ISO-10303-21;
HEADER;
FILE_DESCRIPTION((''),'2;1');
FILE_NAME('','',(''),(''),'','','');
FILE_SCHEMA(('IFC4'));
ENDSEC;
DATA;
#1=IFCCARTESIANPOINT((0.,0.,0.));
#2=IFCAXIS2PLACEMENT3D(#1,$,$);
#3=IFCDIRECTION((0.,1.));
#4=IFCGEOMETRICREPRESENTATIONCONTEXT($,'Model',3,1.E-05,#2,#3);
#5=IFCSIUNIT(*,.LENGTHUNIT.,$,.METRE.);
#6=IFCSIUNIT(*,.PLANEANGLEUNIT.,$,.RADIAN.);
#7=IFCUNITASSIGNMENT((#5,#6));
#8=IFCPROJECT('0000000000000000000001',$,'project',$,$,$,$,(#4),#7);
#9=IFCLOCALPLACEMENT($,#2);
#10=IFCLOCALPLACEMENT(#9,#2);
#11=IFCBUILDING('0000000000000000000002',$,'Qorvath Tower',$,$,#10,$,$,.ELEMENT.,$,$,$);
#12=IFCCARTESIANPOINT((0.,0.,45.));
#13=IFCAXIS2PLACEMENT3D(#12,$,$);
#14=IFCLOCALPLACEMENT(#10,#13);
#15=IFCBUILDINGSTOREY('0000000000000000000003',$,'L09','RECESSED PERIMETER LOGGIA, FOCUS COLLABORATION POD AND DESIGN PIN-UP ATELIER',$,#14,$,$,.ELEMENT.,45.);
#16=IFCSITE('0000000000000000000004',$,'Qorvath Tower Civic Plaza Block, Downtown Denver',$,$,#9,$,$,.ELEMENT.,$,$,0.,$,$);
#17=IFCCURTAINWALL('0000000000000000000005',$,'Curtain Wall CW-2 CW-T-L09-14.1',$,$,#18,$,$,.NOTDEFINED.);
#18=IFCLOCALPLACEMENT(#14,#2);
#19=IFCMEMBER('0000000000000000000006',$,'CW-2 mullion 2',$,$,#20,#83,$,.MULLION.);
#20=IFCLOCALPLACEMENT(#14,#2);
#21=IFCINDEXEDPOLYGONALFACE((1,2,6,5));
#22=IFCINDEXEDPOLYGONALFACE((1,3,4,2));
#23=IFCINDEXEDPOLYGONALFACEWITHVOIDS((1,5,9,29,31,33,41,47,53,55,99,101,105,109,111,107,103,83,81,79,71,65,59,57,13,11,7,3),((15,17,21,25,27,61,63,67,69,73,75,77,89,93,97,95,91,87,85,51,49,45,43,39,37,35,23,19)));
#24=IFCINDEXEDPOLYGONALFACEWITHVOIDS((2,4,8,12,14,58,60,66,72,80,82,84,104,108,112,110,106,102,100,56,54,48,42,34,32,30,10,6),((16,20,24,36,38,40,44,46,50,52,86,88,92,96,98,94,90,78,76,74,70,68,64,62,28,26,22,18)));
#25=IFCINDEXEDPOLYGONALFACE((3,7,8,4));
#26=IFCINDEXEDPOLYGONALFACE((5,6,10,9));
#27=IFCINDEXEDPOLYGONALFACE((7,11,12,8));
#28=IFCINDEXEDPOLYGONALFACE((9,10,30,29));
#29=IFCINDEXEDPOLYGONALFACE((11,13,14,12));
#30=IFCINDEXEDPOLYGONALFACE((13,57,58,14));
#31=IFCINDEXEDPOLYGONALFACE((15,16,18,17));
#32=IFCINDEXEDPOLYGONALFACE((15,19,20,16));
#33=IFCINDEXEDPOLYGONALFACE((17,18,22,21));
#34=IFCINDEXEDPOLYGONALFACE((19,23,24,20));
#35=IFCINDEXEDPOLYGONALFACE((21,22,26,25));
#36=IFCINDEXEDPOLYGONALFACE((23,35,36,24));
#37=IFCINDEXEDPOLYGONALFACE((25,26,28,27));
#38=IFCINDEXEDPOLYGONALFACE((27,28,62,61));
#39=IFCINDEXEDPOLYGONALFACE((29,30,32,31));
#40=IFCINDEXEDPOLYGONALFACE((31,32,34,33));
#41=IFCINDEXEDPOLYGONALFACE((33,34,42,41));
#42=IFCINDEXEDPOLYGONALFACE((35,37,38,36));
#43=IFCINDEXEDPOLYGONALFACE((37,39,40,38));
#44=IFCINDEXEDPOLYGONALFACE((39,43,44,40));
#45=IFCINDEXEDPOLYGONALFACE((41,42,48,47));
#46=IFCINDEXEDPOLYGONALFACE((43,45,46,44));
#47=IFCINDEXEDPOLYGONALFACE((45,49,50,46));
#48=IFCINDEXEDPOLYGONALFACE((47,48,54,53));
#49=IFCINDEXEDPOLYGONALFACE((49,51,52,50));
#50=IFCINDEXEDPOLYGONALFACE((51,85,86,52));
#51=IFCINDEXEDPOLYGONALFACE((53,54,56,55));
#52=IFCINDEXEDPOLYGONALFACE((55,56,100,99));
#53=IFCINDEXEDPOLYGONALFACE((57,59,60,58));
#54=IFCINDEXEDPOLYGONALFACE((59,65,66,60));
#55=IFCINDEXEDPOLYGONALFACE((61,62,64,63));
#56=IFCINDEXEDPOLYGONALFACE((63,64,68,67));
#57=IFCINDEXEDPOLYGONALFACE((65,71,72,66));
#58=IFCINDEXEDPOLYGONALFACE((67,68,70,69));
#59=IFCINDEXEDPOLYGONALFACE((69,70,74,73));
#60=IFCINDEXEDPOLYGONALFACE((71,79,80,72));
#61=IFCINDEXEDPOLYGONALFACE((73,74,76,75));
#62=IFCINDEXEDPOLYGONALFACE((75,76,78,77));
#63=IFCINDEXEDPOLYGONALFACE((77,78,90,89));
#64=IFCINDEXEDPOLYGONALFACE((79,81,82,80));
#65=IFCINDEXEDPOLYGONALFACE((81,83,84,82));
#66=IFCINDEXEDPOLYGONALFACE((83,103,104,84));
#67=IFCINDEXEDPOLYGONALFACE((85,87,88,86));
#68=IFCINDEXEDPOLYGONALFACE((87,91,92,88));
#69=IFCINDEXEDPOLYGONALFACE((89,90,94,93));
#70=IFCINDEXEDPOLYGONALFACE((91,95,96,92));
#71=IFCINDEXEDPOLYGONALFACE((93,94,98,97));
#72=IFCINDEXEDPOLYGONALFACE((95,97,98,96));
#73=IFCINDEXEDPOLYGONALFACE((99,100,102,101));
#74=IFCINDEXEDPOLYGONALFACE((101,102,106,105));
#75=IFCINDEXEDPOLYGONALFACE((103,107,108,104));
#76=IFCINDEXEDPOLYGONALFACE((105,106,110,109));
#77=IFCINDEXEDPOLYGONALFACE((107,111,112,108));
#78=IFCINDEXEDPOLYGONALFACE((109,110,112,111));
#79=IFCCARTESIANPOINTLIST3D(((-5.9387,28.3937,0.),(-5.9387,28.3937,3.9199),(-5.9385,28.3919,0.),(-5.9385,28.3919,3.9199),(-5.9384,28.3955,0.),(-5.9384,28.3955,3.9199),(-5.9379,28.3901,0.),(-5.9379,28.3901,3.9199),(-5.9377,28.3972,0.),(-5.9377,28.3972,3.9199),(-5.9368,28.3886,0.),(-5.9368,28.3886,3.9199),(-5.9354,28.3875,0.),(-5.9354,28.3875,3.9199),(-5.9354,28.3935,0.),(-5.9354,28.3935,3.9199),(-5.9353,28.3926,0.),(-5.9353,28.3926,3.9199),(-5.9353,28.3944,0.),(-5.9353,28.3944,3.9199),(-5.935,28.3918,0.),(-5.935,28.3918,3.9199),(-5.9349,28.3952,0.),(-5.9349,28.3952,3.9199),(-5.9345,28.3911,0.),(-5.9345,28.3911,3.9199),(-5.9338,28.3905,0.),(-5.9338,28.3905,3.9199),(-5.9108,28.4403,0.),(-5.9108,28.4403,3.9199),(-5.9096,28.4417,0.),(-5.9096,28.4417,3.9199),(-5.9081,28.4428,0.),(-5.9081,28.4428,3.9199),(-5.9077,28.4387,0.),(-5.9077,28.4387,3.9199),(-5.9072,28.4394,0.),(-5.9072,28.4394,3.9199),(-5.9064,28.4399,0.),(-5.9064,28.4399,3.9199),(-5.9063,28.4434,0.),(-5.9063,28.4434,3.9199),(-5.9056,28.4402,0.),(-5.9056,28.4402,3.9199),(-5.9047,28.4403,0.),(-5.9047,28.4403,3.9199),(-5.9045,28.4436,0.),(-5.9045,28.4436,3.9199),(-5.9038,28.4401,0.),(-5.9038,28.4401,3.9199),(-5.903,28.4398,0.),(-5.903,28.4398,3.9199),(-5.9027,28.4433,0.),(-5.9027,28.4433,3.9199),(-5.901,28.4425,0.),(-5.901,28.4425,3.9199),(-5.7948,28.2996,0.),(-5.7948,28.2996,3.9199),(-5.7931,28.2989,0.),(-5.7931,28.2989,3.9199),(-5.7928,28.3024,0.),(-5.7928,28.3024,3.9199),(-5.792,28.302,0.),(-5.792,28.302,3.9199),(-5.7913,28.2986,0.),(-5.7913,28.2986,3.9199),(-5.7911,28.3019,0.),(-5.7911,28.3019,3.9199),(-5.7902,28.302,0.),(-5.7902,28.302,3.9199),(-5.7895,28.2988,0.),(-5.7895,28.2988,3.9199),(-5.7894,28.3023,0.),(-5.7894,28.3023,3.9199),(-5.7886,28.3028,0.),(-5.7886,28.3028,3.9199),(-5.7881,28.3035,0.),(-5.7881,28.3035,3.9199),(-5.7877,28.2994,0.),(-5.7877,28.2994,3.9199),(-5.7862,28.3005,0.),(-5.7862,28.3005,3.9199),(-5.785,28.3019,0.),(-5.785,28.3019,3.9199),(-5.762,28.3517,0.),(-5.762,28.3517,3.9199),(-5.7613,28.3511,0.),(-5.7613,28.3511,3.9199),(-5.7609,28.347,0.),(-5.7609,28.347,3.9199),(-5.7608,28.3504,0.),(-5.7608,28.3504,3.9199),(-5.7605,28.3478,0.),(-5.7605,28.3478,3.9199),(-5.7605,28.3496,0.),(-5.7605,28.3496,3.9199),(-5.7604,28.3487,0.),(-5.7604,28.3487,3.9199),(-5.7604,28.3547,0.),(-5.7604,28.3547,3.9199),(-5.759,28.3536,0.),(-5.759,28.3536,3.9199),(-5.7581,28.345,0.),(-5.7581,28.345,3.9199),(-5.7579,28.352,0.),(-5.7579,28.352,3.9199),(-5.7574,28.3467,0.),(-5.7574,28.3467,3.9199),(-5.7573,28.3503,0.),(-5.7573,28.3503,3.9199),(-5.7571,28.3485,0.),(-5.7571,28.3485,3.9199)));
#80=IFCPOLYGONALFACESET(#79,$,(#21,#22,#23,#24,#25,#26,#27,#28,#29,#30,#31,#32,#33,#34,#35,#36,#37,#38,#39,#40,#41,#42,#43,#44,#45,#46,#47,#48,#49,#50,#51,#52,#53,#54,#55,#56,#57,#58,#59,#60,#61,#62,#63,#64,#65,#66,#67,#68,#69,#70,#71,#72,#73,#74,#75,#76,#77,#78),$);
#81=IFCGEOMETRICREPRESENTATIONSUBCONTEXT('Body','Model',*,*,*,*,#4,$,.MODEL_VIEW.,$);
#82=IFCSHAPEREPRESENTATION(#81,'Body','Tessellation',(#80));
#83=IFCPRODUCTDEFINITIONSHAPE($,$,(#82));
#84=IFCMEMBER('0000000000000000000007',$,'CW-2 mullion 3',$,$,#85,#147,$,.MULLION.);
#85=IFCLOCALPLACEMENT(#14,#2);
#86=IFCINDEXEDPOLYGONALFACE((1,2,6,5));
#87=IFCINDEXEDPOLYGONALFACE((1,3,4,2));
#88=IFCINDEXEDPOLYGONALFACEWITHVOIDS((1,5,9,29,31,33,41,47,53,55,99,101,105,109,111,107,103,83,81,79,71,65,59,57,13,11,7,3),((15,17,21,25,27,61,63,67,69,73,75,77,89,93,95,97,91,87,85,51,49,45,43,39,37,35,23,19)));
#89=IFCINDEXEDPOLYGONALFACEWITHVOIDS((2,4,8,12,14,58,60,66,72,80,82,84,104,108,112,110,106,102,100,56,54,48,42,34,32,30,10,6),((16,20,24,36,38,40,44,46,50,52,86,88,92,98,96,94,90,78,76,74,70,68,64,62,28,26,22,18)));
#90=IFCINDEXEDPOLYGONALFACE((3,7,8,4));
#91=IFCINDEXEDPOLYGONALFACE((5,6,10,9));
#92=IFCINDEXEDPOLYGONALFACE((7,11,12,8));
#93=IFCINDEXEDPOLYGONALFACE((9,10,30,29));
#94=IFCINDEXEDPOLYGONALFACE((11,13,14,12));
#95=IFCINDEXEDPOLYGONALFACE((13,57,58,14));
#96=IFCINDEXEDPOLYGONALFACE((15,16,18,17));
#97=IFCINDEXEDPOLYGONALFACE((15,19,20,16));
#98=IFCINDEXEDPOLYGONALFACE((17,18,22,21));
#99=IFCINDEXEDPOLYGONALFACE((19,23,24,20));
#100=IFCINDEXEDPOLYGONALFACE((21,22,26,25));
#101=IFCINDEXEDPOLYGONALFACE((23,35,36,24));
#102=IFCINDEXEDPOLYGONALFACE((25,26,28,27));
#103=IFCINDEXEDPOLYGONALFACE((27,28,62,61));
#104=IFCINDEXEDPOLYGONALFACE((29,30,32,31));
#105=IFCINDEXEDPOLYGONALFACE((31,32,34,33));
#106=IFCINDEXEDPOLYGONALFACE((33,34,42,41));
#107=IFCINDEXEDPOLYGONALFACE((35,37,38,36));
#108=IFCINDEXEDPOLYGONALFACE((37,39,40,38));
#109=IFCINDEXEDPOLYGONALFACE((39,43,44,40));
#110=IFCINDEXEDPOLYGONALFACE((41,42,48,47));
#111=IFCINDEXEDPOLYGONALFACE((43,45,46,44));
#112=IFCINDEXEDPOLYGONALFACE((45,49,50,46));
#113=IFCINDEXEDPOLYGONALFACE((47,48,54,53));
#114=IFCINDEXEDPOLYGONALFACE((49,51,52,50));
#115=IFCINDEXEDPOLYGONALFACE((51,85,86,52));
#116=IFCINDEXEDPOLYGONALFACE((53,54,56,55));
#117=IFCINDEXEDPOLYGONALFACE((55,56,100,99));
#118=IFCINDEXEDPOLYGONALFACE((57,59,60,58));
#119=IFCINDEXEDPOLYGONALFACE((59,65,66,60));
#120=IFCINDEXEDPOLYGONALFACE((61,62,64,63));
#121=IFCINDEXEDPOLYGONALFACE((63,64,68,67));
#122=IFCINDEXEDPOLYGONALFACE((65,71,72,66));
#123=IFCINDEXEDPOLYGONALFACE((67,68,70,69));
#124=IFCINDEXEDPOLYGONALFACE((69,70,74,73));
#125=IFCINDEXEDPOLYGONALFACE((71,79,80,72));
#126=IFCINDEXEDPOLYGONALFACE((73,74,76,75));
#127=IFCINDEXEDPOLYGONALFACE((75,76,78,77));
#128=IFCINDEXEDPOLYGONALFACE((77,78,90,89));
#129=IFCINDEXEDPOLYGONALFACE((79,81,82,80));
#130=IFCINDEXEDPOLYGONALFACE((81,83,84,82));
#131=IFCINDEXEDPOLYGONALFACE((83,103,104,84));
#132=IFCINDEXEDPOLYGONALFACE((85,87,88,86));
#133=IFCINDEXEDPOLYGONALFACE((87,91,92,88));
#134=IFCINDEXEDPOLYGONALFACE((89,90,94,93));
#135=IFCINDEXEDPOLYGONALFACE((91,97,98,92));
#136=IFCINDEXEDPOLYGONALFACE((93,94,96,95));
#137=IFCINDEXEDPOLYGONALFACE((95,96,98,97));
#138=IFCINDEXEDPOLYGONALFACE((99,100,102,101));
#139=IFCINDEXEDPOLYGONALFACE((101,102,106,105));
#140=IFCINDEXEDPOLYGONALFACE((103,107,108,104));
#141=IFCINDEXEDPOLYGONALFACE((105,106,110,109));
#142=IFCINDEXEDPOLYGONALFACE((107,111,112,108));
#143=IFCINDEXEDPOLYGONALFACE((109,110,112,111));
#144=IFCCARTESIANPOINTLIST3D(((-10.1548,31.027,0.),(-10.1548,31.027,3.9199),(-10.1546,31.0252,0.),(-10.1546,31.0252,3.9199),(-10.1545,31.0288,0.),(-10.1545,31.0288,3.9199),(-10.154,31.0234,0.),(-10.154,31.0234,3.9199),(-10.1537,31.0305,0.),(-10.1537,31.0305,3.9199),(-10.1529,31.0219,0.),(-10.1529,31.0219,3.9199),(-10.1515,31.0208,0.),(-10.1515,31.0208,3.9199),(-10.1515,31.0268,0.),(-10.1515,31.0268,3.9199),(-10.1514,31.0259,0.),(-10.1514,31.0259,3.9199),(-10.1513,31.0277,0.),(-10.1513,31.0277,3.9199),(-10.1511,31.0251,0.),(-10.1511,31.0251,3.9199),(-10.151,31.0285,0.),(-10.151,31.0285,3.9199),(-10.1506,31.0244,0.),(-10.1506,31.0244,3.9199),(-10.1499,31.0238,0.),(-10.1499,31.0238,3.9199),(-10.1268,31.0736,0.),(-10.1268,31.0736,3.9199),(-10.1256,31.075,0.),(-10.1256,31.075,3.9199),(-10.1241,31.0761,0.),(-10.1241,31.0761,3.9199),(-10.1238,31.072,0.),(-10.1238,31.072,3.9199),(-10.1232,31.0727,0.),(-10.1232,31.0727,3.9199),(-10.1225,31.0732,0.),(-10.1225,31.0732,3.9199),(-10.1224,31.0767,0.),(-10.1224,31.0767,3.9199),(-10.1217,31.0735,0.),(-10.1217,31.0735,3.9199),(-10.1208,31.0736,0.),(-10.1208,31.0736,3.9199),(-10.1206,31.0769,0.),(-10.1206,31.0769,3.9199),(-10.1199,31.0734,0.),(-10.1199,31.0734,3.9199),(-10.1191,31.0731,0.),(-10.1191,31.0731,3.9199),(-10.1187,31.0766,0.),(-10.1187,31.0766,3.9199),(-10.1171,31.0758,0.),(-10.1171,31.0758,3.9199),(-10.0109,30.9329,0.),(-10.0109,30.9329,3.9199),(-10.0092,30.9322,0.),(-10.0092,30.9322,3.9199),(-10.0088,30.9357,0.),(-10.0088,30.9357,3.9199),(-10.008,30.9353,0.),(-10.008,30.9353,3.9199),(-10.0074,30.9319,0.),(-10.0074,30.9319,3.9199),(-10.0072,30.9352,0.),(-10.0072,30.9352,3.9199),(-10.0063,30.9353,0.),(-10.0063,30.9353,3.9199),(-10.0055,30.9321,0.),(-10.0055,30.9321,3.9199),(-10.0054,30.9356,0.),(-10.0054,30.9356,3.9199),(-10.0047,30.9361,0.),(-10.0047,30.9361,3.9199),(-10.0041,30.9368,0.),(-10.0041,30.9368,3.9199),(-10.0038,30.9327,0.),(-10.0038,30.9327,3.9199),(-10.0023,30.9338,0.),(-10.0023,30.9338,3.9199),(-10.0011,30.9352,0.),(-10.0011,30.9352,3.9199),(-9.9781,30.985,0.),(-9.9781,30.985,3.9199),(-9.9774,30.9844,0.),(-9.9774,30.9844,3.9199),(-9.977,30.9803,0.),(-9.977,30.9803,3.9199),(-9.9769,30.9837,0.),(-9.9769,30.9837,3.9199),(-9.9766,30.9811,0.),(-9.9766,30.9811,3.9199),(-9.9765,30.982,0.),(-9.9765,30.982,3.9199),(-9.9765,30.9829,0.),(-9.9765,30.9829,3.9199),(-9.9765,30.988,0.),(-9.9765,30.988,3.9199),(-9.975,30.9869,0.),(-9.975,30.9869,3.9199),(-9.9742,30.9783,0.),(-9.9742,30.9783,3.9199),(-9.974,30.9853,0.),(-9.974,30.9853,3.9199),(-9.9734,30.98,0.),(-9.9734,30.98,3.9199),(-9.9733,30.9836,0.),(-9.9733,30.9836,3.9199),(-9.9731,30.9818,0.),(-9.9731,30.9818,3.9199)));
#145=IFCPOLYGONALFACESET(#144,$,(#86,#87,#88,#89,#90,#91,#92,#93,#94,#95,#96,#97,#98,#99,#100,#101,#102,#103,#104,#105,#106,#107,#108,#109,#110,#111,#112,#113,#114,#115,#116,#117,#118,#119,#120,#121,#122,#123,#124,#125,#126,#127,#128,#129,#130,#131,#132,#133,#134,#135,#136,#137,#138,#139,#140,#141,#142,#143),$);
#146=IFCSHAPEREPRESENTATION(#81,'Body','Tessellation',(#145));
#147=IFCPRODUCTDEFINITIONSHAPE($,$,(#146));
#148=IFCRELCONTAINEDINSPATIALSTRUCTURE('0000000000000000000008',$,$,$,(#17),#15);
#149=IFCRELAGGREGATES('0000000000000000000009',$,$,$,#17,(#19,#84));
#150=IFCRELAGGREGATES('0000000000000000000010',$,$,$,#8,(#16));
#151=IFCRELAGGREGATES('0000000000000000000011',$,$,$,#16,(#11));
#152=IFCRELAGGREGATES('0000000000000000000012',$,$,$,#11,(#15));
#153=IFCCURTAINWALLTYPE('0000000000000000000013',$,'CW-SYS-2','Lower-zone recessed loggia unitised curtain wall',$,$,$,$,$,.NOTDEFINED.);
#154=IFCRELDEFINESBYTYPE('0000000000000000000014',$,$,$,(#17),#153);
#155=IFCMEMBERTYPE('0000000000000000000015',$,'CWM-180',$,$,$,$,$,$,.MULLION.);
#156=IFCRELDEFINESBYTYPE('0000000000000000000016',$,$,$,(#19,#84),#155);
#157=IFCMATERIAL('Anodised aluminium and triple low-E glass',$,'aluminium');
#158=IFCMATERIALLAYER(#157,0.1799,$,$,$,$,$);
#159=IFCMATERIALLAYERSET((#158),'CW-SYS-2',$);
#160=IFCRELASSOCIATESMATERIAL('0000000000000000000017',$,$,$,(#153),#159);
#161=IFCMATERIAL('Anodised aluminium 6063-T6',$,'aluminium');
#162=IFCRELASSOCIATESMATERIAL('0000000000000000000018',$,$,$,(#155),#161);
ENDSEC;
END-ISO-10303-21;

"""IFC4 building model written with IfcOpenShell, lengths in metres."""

from ifc_helpers import new_model, si_unit, direction, frame, origin, origin_2d, place, context, subcontext, project, spatial, hollow_rectangle, extrude, material, layer, layer_set, material_profile, profile_set, type_object, element, aggregate, save


model = new_model("IFC4")

# Units and contexts
model_context = context("Model", 3, precision=1e-05, world=origin(), true_north=direction((0.0, 1.0)))
body_context = subcontext(model_context, "Body", "Model", "MODEL_VIEW")
ifc_project = project(units=[si_unit("LENGTHUNIT", "METRE"), si_unit("PLANEANGLEUNIT", "RADIAN")], contexts=[model_context])

# Site, building, storey
site_placement = place(None, origin())
site = spatial("IfcSite", under=ifc_project, at=site_placement, Name="Qorvath Tower Civic Plaza Block, Downtown Denver", CompositionType="ELEMENT", RefElevation=0.0)
building_placement = place(site_placement, origin())
building = spatial("IfcBuilding", under=site, at=building_placement, Name="Qorvath Tower", CompositionType="ELEMENT")
storey_placement = place(building_placement, frame((0.0, 0.0, 45.0)))
storey = spatial("IfcBuildingStorey", under=building, at=storey_placement, Name="L09", Description="RECESSED PERIMETER LOGGIA, FOCUS COLLABORATION POD AND DESIGN PIN-UP ATELIER", CompositionType="ELEMENT", Elevation=45.0)

# Shared definitions
ifc_material_1 = material(Name="Anodised aluminium and triple low-E glass", Category="aluminium")
ifc_layer_1 = layer(ifc_material_1, 0.1799)
ifc_layer_set_1 = layer_set([ifc_layer_1], Name="CW-SYS-2")
curtain_wall_type = type_object("IfcCurtainWallType", Name="CW-SYS-2", Description="Lower-zone recessed loggia unitised curtain wall", PredefinedType="NOTDEFINED", material=ifc_layer_set_1)
ifc_material_2 = material(Name="Anodised aluminium 6063-T6", Category="aluminium")
ifc_material_profile_1 = material_profile(ifc_material_2, hollow_rectangle(XDim=0.0649, YDim=0.1799, WallThickness=0.0034, InnerFilletRadius=0.0034, OuterFilletRadius=0.0071, at=origin_2d()), Name="CWM 180x65")
ifc_profile_set_1 = profile_set([ifc_material_profile_1], Name="Anodised aluminium 6063-T6")
member_type_1 = type_object("IfcMemberType", Name="CWM-180", PredefinedType="MULLION", material=ifc_profile_set_1)

# Curtain wall, members
curtain_wall_1_placement = place(storey_placement, origin())
curtain_wall_1 = element("IfcCurtainWall", 1, at=curtain_wall_1_placement, inside=storey, type_object=curtain_wall_type, Name="Curtain Wall CW-2 CW-T-L09-14.1", PredefinedType="NOTDEFINED")
member_1_placement = place(storey_placement, frame((-5.8479, 28.3711, 0.0), z_axis=(0.0, 0.0, 1.0), x_axis=(-0.529724, -0.84817, 0.0)))
member_1 = element("IfcMember", 2, at=member_1_placement, type_object=member_type_1, Name="CW-2 mullion 2", PredefinedType="MULLION", context=body_context, shape_type="SweptSolid", body=[
    extrude(hollow_rectangle(XDim=0.0649, YDim=0.1799, WallThickness=0.0034, InnerFilletRadius=0.0034, OuterFilletRadius=0.0071, at=origin_2d()), origin(), (0.0, 0.0, 1.0), 3.9199),
])
member_2_placement = place(storey_placement, frame((-10.064, 31.0044, 0.0), z_axis=(0.0, 0.0, 1.0), x_axis=(-0.529724, -0.84817, 0.0)))
member_2 = element("IfcMember", 3, at=member_2_placement, type_object=member_type_1, Name="CW-2 mullion 3", PredefinedType="MULLION", context=body_context, shape_type="SweptSolid", body=[
    extrude(hollow_rectangle(XDim=0.0649, YDim=0.1799, WallThickness=0.0034, InnerFilletRadius=0.0034, OuterFilletRadius=0.0071, at=origin_2d()), origin(), (0.0, 0.0, 1.0), 3.9199),
])

aggregate(curtain_wall_1, [member_1, member_2])

save(model, "model.ifc")
